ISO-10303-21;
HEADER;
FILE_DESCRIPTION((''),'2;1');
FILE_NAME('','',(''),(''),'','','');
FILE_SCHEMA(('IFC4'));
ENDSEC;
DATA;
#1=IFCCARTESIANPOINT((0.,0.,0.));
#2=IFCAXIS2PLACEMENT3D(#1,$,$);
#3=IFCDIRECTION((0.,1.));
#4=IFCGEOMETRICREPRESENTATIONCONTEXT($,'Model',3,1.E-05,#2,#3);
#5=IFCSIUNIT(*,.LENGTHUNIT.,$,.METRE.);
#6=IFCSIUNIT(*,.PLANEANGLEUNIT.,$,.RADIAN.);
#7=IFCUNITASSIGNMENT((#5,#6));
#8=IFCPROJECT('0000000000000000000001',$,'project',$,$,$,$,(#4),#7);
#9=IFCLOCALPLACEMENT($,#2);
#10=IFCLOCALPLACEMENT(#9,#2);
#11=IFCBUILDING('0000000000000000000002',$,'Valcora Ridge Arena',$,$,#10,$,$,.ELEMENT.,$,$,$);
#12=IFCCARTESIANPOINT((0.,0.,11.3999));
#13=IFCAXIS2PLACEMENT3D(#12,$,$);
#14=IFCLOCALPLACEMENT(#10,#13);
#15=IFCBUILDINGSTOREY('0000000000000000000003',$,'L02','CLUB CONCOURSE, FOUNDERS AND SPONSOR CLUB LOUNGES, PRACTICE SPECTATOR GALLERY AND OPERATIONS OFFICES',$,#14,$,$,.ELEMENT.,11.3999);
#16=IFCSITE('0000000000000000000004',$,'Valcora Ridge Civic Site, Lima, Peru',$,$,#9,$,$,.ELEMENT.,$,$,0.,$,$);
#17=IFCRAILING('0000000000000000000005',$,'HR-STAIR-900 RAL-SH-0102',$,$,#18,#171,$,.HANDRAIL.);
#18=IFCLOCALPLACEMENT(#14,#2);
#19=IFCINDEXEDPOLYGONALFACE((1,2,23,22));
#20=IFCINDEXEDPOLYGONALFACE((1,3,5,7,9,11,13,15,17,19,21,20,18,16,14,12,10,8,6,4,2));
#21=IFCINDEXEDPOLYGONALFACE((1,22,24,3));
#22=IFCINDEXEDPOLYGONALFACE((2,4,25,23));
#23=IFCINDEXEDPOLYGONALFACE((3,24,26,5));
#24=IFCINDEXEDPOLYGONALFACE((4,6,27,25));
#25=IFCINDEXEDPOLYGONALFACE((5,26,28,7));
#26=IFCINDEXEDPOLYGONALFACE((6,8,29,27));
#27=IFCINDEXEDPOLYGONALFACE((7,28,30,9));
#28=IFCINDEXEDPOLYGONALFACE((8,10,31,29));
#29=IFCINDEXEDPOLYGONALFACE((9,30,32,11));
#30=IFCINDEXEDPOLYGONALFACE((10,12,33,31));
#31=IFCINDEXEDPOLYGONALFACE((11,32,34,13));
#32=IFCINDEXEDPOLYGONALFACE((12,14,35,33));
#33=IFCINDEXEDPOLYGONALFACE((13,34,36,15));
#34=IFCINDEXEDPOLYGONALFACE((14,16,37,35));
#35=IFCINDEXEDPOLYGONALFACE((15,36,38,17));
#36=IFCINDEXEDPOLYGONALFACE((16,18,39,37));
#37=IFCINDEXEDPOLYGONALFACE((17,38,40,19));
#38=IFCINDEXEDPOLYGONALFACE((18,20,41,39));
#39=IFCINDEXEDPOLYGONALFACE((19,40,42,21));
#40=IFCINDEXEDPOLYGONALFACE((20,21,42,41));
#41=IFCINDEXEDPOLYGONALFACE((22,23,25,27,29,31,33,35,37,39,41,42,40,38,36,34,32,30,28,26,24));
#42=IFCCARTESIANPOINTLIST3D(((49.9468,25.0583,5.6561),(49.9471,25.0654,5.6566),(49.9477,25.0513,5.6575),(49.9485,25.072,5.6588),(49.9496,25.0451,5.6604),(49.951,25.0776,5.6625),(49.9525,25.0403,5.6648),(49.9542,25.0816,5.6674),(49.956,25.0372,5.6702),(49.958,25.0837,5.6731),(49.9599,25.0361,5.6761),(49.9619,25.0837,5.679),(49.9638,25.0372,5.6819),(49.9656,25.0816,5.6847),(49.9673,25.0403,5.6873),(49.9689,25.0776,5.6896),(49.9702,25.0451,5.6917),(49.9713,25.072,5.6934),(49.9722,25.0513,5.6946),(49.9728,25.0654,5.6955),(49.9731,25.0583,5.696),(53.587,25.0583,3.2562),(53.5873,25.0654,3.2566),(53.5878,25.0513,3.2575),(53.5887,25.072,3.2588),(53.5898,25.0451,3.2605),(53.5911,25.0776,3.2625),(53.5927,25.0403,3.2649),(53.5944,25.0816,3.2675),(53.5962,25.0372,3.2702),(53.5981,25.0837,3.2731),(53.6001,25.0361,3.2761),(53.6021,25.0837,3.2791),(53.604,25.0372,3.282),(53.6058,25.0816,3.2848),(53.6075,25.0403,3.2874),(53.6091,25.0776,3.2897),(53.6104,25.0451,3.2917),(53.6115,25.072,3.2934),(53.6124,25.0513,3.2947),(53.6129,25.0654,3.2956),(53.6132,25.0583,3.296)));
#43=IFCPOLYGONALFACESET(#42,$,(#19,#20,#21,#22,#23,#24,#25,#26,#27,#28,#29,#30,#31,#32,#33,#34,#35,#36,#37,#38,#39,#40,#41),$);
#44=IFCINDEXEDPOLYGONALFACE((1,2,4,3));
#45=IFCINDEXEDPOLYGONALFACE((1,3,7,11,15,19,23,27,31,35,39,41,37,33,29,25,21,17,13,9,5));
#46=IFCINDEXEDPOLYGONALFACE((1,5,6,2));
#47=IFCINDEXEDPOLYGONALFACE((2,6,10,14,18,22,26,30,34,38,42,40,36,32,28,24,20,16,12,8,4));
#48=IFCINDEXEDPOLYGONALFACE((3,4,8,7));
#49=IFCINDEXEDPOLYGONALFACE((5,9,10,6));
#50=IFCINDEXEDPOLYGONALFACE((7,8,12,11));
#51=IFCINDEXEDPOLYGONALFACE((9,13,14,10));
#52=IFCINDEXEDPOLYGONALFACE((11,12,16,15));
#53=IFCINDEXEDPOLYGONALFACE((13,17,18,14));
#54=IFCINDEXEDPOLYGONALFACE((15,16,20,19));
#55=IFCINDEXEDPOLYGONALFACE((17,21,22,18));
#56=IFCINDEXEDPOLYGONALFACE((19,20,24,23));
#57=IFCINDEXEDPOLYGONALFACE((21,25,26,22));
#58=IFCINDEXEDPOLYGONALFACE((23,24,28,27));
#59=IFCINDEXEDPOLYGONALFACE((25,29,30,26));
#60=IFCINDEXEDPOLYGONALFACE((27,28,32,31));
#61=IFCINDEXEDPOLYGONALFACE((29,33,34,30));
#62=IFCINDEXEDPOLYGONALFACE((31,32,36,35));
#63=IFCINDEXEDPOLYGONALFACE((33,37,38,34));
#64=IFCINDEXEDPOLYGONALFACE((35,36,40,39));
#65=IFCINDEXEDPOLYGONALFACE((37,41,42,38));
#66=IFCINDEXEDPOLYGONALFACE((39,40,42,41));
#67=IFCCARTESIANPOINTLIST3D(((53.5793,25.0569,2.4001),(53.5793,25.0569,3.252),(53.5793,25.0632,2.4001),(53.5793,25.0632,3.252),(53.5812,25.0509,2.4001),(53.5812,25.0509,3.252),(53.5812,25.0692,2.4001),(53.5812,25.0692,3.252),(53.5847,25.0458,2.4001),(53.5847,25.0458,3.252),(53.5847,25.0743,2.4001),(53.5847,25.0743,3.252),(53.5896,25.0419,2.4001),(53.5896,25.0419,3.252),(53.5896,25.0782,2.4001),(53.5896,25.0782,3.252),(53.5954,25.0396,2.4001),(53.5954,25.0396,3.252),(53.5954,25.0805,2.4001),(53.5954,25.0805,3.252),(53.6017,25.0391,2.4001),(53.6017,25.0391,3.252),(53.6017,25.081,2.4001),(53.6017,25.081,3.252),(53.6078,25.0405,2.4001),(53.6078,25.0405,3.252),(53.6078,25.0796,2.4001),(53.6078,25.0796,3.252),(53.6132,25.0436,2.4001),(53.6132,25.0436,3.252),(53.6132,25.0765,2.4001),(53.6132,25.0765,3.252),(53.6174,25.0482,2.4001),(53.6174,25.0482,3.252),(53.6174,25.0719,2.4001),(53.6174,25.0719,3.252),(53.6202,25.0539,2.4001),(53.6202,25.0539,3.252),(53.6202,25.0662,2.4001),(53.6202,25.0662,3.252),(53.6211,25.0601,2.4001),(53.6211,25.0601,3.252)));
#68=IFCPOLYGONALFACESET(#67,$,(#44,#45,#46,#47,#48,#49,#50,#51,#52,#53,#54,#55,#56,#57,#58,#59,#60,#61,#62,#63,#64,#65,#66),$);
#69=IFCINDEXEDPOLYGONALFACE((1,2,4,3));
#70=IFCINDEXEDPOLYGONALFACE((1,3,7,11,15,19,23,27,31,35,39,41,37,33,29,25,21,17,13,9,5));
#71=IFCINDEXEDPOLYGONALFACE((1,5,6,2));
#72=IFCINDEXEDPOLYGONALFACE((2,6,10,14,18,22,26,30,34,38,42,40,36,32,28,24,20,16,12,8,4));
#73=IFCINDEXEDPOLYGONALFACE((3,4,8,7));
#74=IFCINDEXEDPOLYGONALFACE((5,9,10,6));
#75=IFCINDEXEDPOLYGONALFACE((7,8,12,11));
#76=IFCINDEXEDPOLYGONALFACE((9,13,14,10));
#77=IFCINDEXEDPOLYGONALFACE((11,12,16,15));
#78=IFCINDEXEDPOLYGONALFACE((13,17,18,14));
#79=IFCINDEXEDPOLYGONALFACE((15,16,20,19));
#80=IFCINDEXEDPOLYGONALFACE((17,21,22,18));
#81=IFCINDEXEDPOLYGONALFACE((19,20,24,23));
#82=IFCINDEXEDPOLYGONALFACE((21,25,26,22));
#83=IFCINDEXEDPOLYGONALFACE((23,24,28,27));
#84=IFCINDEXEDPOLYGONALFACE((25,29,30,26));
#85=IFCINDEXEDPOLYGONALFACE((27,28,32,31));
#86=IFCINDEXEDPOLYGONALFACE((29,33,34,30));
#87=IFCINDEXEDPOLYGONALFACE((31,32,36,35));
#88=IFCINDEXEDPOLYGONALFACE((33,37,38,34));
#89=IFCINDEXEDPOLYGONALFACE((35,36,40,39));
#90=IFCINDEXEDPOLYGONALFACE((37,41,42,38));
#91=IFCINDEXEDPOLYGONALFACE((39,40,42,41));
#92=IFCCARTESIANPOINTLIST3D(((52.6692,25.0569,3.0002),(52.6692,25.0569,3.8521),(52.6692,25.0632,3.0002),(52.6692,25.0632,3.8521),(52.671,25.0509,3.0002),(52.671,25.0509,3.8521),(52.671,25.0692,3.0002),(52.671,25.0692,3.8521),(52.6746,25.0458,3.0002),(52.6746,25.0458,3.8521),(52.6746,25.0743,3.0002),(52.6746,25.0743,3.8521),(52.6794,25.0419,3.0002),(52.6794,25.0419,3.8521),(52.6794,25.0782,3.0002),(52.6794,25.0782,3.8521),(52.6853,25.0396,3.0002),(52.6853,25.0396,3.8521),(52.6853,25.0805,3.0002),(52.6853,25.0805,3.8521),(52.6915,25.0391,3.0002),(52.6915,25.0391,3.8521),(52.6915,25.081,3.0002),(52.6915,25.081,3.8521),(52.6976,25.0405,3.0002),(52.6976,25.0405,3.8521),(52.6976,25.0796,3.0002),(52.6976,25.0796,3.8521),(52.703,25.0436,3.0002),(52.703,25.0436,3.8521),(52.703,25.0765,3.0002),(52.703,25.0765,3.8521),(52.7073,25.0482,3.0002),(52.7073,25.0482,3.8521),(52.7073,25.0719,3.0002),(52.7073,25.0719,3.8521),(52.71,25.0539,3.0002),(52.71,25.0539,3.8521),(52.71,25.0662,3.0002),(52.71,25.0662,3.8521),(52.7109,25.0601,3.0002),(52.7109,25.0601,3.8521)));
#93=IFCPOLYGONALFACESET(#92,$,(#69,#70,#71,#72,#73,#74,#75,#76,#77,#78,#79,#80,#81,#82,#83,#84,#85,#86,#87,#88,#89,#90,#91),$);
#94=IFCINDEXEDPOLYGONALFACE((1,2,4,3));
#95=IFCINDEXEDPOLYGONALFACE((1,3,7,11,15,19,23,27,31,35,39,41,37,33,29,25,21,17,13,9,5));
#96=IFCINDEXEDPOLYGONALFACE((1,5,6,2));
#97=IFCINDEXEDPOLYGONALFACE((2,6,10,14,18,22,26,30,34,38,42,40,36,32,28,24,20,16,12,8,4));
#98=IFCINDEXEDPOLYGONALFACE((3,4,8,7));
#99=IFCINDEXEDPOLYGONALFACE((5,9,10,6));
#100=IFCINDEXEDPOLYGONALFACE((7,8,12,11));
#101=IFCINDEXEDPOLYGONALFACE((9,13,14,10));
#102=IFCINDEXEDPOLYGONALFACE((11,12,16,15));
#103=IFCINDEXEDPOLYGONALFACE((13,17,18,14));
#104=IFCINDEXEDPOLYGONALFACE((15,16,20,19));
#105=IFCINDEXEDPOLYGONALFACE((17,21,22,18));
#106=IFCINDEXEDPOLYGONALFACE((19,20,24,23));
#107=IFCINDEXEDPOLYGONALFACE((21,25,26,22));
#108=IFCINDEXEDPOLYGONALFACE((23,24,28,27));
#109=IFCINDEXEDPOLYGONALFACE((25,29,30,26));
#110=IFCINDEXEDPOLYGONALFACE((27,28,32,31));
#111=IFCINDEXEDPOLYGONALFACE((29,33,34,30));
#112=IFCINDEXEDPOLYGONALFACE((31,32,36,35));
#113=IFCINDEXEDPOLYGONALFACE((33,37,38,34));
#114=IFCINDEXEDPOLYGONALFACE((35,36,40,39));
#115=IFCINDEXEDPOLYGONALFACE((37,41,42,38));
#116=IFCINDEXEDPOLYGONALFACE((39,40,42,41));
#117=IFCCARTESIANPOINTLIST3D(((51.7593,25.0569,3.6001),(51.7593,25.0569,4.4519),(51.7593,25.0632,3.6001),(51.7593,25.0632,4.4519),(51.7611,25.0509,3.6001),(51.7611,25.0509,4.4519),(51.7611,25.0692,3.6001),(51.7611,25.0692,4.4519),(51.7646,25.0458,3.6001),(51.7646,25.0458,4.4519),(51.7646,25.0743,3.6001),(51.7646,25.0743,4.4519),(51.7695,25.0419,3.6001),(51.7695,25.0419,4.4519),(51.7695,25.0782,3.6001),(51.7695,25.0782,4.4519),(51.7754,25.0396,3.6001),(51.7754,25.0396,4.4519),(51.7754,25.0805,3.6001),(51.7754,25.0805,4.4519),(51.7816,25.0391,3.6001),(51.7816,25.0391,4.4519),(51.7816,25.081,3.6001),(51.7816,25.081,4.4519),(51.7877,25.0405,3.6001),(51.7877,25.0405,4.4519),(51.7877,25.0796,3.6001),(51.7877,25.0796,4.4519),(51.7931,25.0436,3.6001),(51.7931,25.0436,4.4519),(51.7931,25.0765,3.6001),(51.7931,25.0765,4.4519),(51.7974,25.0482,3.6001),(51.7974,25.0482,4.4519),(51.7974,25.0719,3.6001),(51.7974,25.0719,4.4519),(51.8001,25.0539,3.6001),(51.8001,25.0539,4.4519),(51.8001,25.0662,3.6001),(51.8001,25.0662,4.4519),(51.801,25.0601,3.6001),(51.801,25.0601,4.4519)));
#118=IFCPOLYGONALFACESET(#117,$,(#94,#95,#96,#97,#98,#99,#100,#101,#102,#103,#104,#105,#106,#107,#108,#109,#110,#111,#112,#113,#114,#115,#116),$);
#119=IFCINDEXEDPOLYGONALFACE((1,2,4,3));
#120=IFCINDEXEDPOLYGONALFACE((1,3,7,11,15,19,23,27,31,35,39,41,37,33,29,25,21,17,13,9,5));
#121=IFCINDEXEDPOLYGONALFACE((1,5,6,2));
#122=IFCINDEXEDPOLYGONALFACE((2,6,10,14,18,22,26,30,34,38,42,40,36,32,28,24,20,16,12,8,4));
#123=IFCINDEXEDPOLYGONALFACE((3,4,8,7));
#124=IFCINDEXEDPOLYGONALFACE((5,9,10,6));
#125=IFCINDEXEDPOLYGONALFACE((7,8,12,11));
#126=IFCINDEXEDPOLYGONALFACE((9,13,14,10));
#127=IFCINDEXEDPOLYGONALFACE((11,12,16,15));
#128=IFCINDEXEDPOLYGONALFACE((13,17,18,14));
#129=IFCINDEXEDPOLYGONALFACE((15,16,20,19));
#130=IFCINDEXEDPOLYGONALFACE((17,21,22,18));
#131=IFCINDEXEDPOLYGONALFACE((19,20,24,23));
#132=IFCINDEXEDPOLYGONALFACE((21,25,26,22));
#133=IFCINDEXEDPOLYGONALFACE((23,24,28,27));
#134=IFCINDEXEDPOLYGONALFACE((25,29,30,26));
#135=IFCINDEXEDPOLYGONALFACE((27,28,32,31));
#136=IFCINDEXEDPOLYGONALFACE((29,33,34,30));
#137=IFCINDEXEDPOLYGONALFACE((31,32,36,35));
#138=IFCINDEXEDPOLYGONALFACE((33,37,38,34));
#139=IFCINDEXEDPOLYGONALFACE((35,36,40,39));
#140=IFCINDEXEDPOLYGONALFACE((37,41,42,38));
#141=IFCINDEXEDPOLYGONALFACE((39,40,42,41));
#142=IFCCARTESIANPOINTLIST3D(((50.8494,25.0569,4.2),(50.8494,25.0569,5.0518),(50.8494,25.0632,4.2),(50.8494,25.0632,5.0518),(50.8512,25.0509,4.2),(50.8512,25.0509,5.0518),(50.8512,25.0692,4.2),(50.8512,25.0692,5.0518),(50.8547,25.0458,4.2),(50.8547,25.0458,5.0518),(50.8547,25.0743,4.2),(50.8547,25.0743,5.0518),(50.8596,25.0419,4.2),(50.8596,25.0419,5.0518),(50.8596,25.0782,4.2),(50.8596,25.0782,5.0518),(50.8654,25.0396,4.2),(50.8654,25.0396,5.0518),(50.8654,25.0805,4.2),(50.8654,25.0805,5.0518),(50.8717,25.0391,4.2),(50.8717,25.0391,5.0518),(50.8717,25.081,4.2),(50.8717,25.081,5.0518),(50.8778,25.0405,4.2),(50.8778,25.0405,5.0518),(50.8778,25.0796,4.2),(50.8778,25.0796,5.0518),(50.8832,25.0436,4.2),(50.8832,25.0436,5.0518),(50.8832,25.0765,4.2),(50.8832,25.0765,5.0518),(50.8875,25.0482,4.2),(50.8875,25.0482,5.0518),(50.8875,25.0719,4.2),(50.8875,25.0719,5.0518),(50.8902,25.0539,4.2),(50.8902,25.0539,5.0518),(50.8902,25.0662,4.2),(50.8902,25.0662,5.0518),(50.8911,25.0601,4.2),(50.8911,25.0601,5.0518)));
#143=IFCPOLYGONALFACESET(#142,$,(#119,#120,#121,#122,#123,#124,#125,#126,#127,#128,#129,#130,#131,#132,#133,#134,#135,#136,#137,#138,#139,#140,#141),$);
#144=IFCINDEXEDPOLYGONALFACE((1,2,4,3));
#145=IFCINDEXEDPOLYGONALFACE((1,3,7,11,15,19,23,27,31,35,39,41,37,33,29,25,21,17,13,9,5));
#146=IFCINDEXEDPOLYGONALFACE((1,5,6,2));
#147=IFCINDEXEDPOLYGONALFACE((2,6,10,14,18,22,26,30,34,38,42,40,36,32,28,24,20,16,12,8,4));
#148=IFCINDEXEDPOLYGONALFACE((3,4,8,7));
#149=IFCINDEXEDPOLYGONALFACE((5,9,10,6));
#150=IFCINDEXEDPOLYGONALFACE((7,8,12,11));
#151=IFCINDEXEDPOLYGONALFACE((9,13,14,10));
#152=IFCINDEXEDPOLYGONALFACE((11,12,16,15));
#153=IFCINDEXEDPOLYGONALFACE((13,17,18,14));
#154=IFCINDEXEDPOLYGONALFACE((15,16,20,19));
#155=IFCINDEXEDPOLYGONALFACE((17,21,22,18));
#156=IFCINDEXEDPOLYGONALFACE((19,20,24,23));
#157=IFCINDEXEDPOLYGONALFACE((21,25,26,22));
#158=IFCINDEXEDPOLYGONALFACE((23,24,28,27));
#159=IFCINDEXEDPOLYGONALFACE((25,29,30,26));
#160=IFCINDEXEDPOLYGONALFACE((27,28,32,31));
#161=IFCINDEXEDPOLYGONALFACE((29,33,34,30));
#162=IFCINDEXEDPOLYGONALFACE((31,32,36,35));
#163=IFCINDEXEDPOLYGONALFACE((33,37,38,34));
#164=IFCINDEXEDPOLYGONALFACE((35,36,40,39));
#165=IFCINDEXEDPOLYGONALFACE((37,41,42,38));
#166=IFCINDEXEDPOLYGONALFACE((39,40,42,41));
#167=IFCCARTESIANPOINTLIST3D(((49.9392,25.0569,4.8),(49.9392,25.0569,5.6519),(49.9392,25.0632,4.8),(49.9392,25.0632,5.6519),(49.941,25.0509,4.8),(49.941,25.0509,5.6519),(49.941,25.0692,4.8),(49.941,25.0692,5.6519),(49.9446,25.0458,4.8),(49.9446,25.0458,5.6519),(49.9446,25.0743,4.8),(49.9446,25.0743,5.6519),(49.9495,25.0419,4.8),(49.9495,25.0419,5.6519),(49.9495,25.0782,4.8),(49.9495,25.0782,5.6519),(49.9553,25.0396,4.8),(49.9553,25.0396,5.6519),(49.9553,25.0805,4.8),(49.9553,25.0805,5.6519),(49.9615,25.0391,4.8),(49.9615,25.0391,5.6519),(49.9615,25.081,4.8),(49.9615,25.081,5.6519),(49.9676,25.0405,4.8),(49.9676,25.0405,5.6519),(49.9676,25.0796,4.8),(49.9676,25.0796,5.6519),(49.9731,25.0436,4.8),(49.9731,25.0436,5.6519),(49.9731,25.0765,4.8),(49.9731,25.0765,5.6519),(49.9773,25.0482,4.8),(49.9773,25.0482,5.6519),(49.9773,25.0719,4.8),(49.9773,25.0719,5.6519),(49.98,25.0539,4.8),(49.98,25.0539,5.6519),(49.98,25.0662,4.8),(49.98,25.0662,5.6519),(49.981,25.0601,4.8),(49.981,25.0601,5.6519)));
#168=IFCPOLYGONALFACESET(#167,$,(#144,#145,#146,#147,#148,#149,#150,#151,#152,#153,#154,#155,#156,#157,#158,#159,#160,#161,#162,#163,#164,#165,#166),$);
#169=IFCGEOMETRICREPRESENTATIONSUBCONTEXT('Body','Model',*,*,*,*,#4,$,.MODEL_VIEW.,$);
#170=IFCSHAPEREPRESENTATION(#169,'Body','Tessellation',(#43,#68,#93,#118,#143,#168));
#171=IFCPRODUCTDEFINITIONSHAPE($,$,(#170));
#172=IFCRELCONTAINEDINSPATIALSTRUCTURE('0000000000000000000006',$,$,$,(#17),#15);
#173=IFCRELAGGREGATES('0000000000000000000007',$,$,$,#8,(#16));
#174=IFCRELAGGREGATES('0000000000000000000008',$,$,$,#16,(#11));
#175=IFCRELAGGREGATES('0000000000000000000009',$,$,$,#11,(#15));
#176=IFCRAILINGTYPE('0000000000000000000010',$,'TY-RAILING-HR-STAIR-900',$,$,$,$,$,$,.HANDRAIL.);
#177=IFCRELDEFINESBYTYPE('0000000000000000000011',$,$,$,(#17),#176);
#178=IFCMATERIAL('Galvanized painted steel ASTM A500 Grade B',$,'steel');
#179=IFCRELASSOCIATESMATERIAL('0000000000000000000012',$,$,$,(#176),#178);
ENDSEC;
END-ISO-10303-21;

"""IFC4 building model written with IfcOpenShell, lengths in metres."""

from ifc_helpers import new_model, si_unit, direction, frame, origin, origin_2d, place, context, subcontext, project, spatial, circle, extrude, material, type_object, element, save


model = new_model("IFC4")

# Units and contexts
model_context = context("Model", 3, precision=1e-05, world=origin(), true_north=direction((0.0, 1.0)))
body_context = subcontext(model_context, "Body", "Model", "MODEL_VIEW")
ifc_project = project(units=[si_unit("LENGTHUNIT", "METRE"), si_unit("PLANEANGLEUNIT", "RADIAN")], contexts=[model_context])

# Site, building, storey
site_placement = place(None, origin())
site = spatial("IfcSite", under=ifc_project, at=site_placement, Name="Valcora Ridge Civic Site, Lima, Peru", CompositionType="ELEMENT", RefElevation=0.0)
building_placement = place(site_placement, origin())
building = spatial("IfcBuilding", under=site, at=building_placement, Name="Valcora Ridge Arena", CompositionType="ELEMENT")
storey_placement = place(building_placement, frame((0.0, 0.0, 11.3999)))
storey = spatial("IfcBuildingStorey", under=building, at=storey_placement, Name="L02", Description="CLUB CONCOURSE, FOUNDERS AND SPONSOR CLUB LOUNGES, PRACTICE SPECTATOR GALLERY AND OPERATIONS OFFICES", CompositionType="ELEMENT", Elevation=11.3999)

# Railing
ifc_material_1 = material(Name="Galvanized painted steel ASTM A500 Grade B", Category="steel")
railing_type_1 = type_object("IfcRailingType", Name="TY-RAILING-HR-STAIR-900", PredefinedType="HANDRAIL", material=ifc_material_1)
railing_1_placement = place(storey_placement, frame((53.6001, 25.0601, 2.4001)))
element("IfcRailing", 1, at=railing_1_placement, inside=storey, type_object=railing_type_1, Name="HR-STAIR-900 RAL-SH-0102", PredefinedType="HANDRAIL", context=body_context, shape_type="SweptSolid", body=[
    extrude(circle(Radius=0.0239, at=origin_2d()), frame((0.0, 0.0, 0.876), z_axis=(-0.834882, 0.0, 0.550429), x_axis=(0.0, -1.0, 0.0)), (0.0, 0.0, 1.0), 4.3601),
    extrude(circle(Radius=0.021, at=origin_2d()), origin(), (0.0, 0.0, 1.0), 0.8518),
    extrude(circle(Radius=0.021, at=origin_2d()), frame((-0.9102, 0.0, 0.6001)), (0.0, 0.0, 1.0), 0.8518),
    extrude(circle(Radius=0.021, at=origin_2d()), frame((-1.8201, 0.0, 1.2)), (0.0, 0.0, 1.0), 0.8518),
    extrude(circle(Radius=0.021, at=origin_2d()), frame((-2.73, 0.0, 1.7998)), (0.0, 0.0, 1.0), 0.8518),
    extrude(circle(Radius=0.021, at=origin_2d()), frame((-3.6401, 0.0, 2.3999)), (0.0, 0.0, 1.0), 0.8518),
])

save(model, "model.ifc")
